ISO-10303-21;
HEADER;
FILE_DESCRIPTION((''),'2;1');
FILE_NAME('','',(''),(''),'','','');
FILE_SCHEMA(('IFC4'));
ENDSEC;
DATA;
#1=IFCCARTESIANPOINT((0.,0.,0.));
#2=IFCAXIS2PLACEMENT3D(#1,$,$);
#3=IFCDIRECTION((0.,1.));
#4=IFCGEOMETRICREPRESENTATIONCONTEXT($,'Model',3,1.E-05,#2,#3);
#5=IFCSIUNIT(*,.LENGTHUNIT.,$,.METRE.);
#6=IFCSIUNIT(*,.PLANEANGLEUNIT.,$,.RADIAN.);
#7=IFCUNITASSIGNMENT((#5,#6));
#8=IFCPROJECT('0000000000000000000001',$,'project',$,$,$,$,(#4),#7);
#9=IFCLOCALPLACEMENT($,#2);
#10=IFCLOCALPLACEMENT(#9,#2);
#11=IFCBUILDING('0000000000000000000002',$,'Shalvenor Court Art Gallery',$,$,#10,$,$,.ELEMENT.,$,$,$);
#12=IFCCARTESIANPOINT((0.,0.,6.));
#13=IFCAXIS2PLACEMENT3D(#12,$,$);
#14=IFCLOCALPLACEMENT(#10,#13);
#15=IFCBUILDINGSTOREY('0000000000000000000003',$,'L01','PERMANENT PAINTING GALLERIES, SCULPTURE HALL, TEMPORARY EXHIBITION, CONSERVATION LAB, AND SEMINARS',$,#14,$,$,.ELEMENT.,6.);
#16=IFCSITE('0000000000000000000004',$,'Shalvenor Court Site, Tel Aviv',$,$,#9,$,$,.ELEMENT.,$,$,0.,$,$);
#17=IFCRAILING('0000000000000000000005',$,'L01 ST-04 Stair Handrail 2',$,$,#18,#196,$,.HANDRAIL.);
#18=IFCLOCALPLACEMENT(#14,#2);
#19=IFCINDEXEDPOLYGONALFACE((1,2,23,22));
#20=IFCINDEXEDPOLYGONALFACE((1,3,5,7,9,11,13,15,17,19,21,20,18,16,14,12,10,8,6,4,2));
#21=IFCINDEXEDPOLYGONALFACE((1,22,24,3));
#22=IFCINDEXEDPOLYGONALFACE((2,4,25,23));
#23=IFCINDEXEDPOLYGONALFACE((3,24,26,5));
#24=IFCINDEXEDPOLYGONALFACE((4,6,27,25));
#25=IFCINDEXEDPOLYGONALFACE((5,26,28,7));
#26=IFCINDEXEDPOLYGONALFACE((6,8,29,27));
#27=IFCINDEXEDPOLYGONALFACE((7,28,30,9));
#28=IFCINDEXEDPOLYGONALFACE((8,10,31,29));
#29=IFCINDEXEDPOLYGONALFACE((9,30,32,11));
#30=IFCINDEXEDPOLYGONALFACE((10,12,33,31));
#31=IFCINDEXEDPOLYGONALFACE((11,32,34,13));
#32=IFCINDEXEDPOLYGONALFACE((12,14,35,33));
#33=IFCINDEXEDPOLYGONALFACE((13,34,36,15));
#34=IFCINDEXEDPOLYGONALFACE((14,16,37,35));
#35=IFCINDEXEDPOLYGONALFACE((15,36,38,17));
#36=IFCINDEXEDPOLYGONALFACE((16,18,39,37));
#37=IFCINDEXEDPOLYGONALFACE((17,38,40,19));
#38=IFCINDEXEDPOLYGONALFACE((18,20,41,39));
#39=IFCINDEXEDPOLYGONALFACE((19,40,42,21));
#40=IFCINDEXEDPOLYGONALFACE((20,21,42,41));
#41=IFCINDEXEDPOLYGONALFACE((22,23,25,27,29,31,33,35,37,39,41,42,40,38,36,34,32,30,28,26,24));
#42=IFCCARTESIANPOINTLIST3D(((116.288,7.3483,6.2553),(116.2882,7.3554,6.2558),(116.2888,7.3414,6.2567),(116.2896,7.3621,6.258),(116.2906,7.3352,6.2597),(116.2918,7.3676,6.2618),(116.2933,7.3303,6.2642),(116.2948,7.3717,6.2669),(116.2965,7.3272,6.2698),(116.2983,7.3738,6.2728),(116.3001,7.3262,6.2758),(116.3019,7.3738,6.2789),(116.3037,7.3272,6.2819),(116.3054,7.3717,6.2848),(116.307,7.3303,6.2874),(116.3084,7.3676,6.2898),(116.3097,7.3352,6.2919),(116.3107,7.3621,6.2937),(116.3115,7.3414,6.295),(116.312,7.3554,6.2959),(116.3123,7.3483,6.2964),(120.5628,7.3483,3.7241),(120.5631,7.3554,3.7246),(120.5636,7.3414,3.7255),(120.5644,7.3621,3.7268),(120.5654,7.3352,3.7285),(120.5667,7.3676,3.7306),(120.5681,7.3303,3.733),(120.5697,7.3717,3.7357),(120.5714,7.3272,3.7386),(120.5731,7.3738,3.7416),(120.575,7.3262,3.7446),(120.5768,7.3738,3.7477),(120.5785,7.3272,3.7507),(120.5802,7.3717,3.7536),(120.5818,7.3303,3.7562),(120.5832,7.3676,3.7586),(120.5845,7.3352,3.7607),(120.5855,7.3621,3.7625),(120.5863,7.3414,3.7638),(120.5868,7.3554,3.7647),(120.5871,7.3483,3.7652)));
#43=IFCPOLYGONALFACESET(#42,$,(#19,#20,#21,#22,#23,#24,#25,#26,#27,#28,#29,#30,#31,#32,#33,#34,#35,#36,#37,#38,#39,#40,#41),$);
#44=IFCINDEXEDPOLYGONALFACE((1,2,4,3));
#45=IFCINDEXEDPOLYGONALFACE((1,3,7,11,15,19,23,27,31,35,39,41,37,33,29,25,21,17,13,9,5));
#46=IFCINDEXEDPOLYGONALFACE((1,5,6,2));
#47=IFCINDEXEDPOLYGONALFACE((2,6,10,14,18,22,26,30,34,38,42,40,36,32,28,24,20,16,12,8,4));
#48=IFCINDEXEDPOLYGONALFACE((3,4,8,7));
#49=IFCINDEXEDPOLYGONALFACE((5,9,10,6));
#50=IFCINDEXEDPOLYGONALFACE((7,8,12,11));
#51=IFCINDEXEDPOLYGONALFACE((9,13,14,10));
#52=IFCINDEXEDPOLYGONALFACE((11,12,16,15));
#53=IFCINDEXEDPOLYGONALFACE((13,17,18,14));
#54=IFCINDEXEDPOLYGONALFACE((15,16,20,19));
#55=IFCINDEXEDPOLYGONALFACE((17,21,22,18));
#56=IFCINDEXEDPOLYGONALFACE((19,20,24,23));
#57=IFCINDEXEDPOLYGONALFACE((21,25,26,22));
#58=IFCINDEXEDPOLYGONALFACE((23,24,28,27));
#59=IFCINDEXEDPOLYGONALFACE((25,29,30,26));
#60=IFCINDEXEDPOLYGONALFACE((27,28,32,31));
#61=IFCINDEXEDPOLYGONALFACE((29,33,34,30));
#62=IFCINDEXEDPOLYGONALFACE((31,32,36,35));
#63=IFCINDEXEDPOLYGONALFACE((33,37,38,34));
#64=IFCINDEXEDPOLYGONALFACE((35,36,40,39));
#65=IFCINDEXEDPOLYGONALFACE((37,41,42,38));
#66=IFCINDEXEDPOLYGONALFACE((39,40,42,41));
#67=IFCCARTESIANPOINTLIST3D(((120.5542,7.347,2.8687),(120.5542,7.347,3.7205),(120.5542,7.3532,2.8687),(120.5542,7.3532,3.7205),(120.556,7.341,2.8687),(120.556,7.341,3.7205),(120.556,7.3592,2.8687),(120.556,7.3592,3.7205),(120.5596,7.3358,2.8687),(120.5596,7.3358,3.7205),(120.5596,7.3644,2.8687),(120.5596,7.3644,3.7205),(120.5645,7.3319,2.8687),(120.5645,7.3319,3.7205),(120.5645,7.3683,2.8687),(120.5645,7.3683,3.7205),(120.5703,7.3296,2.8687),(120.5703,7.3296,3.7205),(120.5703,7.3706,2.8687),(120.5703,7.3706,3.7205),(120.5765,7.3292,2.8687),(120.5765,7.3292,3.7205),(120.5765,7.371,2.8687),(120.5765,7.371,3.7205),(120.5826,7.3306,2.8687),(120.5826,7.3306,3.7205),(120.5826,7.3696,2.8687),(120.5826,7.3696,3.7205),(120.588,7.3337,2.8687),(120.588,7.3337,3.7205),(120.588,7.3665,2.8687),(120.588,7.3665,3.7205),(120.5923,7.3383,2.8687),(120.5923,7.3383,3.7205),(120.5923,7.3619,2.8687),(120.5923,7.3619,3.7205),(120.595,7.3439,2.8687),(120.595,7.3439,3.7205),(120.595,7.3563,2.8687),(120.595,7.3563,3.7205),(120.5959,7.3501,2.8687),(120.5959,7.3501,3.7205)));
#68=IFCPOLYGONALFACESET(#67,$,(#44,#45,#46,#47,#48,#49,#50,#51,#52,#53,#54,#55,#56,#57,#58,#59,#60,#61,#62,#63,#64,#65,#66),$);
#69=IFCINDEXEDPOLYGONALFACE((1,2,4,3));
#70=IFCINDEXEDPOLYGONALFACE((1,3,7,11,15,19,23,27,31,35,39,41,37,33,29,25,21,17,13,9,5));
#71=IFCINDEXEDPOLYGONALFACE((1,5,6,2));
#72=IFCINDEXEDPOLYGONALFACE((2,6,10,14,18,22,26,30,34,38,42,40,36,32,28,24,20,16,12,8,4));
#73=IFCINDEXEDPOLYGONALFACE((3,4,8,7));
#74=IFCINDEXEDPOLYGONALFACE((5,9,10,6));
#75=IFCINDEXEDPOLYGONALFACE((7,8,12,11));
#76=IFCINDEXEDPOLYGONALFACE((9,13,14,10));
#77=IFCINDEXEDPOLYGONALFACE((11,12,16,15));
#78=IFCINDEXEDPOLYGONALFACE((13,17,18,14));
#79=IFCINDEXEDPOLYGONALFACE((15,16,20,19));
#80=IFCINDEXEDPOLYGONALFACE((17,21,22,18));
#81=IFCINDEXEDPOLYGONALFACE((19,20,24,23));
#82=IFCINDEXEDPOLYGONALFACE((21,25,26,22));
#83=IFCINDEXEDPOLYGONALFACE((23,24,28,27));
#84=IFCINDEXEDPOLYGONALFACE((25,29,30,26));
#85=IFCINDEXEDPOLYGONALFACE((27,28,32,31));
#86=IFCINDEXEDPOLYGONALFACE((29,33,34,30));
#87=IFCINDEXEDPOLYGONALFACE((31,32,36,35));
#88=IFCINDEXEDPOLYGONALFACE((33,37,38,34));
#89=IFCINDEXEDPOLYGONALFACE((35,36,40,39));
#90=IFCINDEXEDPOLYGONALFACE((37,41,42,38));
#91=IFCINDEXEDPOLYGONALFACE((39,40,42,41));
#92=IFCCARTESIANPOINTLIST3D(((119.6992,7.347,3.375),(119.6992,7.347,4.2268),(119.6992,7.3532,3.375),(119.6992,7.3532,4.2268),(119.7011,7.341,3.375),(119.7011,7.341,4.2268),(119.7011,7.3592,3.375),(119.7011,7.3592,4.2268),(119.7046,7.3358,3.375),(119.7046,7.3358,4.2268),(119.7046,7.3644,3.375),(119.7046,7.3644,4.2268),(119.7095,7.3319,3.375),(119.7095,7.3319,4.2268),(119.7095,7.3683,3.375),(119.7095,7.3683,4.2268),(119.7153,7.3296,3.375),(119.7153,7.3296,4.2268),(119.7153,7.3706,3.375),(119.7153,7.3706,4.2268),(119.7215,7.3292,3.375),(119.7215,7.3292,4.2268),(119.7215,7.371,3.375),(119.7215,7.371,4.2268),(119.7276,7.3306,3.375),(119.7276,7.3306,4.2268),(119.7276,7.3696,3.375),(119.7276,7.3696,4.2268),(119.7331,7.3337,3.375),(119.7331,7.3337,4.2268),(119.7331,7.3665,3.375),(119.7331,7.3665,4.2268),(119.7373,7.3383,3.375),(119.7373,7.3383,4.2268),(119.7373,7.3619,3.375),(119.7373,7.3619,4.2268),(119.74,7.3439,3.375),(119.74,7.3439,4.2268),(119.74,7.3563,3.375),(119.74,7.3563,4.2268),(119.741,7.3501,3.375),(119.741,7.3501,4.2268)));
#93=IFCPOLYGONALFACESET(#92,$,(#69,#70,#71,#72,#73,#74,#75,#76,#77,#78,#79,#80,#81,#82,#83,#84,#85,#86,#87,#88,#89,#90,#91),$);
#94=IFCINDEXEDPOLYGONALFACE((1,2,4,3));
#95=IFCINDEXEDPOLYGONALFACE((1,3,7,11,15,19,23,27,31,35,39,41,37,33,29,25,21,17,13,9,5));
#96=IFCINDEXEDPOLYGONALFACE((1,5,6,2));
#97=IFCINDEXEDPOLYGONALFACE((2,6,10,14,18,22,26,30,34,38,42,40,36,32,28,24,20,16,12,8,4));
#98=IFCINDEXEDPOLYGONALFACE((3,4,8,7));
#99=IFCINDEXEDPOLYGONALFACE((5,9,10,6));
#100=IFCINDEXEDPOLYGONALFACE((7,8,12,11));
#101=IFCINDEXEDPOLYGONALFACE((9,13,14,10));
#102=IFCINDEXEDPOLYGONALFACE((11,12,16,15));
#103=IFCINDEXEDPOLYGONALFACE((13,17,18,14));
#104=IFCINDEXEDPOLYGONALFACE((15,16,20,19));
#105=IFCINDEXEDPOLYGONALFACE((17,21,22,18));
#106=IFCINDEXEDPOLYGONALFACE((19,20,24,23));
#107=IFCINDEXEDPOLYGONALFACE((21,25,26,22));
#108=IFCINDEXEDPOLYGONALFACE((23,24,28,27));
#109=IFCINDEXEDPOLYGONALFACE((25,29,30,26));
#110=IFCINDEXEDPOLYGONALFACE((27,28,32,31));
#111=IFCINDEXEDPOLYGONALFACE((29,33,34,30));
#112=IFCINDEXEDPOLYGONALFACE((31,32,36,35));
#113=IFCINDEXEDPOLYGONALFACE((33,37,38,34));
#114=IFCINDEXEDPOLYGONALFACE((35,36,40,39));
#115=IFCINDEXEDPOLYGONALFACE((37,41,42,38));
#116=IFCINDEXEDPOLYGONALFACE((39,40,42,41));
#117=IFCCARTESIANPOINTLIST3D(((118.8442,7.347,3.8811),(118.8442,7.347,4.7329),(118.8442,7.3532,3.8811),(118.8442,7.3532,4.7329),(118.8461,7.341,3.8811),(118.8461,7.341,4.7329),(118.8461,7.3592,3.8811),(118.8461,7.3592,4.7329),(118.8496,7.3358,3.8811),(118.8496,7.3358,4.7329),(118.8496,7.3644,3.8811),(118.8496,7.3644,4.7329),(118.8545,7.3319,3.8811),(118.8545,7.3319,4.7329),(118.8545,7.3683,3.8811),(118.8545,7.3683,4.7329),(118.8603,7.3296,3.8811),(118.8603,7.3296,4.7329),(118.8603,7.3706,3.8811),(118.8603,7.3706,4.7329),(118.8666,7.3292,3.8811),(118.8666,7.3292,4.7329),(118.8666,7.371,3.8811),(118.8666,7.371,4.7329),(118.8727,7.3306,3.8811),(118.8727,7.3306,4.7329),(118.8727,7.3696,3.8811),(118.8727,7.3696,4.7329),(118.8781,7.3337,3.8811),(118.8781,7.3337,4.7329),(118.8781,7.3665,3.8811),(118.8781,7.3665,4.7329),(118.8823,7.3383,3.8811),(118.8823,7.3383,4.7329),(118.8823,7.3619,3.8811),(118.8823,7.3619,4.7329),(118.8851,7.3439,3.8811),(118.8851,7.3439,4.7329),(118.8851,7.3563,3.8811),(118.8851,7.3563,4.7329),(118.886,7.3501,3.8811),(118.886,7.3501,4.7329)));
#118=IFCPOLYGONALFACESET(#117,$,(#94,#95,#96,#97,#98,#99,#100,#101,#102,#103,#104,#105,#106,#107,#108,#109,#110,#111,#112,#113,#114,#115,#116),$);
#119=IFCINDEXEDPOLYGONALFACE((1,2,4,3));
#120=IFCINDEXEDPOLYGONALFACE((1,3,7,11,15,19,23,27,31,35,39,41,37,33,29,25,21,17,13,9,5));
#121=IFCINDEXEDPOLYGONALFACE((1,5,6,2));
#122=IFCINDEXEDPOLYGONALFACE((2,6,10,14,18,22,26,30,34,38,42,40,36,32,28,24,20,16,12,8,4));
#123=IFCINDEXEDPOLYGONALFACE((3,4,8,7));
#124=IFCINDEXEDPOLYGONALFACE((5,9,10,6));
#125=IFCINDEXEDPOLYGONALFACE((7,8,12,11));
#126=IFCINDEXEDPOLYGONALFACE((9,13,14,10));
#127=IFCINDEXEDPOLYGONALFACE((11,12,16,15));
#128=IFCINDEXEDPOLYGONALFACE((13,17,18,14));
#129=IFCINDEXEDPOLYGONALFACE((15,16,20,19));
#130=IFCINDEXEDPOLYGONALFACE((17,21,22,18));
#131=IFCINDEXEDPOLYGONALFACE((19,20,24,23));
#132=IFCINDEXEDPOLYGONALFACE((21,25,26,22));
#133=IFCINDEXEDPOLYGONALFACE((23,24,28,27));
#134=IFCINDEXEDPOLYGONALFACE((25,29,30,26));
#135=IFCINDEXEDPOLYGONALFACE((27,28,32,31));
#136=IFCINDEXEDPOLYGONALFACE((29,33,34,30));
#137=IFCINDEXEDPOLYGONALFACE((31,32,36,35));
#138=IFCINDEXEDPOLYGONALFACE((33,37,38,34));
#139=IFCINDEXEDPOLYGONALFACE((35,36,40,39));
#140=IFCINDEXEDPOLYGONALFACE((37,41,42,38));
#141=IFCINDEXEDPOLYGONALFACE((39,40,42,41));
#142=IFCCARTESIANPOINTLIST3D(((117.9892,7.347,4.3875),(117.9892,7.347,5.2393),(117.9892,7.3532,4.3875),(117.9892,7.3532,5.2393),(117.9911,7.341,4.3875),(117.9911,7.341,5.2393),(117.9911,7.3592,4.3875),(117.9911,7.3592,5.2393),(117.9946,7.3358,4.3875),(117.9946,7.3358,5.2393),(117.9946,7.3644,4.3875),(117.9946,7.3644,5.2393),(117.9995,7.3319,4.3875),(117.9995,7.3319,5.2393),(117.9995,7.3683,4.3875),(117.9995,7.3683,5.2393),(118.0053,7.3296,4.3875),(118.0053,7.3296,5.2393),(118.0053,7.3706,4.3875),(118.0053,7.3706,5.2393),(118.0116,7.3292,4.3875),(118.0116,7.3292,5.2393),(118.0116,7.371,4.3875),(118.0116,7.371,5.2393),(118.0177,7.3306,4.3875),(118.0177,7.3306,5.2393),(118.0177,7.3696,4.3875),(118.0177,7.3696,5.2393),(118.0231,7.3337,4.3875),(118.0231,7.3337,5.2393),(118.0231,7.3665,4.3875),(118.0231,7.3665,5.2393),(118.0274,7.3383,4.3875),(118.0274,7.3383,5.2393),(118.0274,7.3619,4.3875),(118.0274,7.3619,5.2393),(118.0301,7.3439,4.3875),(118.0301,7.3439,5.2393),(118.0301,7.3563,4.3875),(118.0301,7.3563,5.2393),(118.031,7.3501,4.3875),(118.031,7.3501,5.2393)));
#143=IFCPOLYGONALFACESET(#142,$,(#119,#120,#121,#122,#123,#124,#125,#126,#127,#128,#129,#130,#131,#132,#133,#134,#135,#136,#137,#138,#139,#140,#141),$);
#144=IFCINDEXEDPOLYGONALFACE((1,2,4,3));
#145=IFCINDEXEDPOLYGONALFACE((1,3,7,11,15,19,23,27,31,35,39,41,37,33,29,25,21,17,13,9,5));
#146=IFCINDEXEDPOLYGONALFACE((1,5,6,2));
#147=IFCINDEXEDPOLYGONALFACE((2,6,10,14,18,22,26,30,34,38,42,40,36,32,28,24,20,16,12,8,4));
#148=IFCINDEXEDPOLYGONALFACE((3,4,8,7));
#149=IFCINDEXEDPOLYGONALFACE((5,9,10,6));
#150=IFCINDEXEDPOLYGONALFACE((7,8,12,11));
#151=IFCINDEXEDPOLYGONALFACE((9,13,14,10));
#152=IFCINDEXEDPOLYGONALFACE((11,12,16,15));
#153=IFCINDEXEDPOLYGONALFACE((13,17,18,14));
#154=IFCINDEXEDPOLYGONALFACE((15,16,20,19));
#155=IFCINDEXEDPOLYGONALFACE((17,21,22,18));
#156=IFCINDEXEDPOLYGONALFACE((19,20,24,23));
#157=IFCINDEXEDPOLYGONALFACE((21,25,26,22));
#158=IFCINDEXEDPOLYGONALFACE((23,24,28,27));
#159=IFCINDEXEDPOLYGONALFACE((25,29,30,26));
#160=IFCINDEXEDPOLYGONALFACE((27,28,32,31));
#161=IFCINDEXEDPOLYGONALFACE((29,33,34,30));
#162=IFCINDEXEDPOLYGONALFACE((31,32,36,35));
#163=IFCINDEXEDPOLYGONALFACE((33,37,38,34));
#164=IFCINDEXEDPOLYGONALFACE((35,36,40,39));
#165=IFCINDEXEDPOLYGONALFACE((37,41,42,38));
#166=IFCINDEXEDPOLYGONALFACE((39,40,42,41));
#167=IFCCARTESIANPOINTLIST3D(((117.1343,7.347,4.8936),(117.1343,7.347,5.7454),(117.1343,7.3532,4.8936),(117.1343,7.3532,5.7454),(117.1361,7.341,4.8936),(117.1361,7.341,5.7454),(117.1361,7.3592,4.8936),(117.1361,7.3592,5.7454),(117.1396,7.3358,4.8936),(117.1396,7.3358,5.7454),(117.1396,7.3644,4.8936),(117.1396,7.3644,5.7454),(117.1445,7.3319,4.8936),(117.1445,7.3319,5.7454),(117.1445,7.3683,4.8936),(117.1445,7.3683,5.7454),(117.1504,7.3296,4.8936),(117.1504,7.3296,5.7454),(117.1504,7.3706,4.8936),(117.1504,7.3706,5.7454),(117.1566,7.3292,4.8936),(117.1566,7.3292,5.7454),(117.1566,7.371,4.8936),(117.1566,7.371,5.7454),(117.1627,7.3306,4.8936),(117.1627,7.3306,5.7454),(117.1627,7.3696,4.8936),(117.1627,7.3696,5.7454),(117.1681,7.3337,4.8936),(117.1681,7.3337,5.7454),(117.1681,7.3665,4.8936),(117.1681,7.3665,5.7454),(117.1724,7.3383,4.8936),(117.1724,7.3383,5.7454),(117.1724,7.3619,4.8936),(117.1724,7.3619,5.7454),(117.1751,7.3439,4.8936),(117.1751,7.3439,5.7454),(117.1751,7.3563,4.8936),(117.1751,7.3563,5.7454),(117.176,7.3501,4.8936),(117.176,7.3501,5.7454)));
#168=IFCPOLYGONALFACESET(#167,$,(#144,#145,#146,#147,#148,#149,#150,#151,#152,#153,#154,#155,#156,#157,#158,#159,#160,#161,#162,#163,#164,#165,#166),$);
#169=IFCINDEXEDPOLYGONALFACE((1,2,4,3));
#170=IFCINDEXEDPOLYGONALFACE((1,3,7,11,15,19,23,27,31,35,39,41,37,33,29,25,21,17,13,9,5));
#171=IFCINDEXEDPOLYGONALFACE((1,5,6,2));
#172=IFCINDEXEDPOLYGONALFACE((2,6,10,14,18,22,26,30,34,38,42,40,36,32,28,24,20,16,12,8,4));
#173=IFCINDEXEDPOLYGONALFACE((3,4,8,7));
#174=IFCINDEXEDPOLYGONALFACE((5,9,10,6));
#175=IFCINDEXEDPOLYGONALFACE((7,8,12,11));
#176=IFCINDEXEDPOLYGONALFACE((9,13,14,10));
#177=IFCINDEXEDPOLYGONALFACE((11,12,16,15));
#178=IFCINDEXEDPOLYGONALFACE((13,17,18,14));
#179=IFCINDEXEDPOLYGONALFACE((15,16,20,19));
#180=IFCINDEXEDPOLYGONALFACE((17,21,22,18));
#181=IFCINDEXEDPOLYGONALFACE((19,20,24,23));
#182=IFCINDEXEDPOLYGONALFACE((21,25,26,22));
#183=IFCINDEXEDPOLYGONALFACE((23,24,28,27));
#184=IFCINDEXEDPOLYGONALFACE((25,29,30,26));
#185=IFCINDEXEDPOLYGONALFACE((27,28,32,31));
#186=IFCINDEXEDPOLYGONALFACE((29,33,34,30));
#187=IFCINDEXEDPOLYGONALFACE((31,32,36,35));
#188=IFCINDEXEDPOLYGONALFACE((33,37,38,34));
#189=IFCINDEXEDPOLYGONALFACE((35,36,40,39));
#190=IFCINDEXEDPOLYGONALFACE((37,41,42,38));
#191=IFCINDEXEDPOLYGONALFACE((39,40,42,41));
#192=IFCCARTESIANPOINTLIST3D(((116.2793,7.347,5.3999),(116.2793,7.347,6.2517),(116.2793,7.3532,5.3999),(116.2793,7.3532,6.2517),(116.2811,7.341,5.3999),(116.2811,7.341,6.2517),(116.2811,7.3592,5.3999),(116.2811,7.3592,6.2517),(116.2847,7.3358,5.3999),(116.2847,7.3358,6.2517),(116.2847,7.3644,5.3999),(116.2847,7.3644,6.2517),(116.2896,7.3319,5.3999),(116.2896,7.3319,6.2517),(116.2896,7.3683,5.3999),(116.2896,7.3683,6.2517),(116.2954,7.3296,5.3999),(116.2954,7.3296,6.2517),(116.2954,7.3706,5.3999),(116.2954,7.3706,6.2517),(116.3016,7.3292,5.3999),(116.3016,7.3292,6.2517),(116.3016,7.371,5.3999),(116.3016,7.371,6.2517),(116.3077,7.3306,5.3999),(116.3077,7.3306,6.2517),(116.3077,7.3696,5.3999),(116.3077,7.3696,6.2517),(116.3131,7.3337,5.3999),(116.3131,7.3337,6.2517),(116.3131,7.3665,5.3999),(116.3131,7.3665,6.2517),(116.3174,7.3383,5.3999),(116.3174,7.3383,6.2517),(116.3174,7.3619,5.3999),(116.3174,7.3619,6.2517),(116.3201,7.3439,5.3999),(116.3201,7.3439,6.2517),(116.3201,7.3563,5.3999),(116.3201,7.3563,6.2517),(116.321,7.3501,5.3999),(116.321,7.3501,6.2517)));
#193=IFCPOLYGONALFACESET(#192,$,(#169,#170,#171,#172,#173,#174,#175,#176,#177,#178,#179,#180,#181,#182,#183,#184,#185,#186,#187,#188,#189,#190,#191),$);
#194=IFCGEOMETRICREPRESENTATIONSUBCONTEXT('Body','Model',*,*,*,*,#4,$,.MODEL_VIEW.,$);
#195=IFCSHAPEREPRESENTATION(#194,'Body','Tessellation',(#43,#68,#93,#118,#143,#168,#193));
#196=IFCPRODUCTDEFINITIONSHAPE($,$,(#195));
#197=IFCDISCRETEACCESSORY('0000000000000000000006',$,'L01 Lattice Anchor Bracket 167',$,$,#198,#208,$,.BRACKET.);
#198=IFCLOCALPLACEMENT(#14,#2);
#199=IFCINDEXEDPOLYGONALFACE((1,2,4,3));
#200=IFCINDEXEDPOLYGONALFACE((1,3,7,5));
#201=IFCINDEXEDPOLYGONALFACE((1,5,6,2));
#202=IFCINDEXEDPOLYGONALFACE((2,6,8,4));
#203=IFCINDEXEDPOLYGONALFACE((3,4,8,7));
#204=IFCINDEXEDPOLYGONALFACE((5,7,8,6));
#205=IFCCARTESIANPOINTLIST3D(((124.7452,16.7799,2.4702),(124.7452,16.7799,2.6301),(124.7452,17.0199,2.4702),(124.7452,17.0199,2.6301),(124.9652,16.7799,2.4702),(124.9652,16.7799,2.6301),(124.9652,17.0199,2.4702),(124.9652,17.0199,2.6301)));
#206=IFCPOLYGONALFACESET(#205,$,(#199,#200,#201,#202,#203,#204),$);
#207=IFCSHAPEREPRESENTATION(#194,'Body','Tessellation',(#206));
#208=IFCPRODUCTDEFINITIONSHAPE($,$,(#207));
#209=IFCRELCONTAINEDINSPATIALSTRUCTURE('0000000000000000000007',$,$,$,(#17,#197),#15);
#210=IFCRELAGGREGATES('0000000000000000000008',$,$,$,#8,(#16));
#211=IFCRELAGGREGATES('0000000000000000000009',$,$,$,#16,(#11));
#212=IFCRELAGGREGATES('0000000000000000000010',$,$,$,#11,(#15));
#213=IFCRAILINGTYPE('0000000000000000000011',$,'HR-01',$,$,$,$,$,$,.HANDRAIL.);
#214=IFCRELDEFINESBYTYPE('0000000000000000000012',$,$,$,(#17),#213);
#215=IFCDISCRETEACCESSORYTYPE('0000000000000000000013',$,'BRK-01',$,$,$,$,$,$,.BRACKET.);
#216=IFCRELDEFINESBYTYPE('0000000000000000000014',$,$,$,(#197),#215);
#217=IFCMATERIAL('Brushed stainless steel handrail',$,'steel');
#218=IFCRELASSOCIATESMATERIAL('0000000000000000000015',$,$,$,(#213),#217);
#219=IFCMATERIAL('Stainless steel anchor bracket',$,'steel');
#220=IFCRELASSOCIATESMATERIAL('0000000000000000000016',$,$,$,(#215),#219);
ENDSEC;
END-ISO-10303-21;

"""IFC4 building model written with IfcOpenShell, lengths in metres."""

from ifc_helpers import new_model, si_unit, direction, frame, origin, origin_2d, place, context, subcontext, project, spatial, rectangle, circle, extrude, material, type_object, element, save


model = new_model("IFC4")

# Units and contexts
model_context = context("Model", 3, precision=1e-05, world=origin(), true_north=direction((0.0, 1.0)))
body_context = subcontext(model_context, "Body", "Model", "MODEL_VIEW")
ifc_project = project(units=[si_unit("LENGTHUNIT", "METRE"), si_unit("PLANEANGLEUNIT", "RADIAN")], contexts=[model_context])

# Site, building, storey
site_placement = place(None, origin())
site = spatial("IfcSite", under=ifc_project, at=site_placement, Name="Shalvenor Court Site, Tel Aviv", CompositionType="ELEMENT", RefElevation=0.0)
building_placement = place(site_placement, origin())
building = spatial("IfcBuilding", under=site, at=building_placement, Name="Shalvenor Court Art Gallery", CompositionType="ELEMENT")
storey_placement = place(building_placement, frame((0.0, 0.0, 6.0)))
storey = spatial("IfcBuildingStorey", under=building, at=storey_placement, Name="L01", Description="PERMANENT PAINTING GALLERIES, SCULPTURE HALL, TEMPORARY EXHIBITION, CONSERVATION LAB, AND SEMINARS", CompositionType="ELEMENT", Elevation=6.0)

# Railing
ifc_material_1 = material(Name="Brushed stainless steel handrail", Category="steel")
railing_type_1 = type_object("IfcRailingType", Name="HR-01", PredefinedType="HANDRAIL", material=ifc_material_1)
railing_1_placement = place(storey_placement, frame((120.575, 7.3501, 2.8687)))
element("IfcRailing", 1, at=railing_1_placement, inside=storey, type_object=railing_type_1, Name="L01 ST-04 Stair Handrail 2", PredefinedType="HANDRAIL", context=body_context, shape_type="SweptSolid", body=[
    extrude(circle(Radius=0.0239, at=origin_2d()), frame((0.0, 0.0, 0.876), z_axis=(-0.86047, 0.0, 0.509501), x_axis=(0.0, -1.0, 0.0)), (0.0, 0.0, 1.0), 4.968),
    extrude(circle(Radius=0.021, at=origin_2d()), origin(), (0.0, 0.0, 1.0), 0.8518),
    extrude(circle(Radius=0.021, at=origin_2d()), frame((-0.855, 0.0, 0.5063)), (0.0, 0.0, 1.0), 0.8518),
    extrude(circle(Radius=0.021, at=origin_2d()), frame((-1.71, 0.0, 1.0125)), (0.0, 0.0, 1.0), 0.8518),
    extrude(circle(Radius=0.021, at=origin_2d()), frame((-2.5649, 0.0, 1.5188)), (0.0, 0.0, 1.0), 0.8518),
    extrude(circle(Radius=0.021, at=origin_2d()), frame((-3.4199, 0.0, 2.0249)), (0.0, 0.0, 1.0), 0.8518),
    extrude(circle(Radius=0.021, at=origin_2d()), frame((-4.2749, 0.0, 2.5312)), (0.0, 0.0, 1.0), 0.8518),
])

# Discrete accessory
ifc_material_2 = material(Name="Stainless steel anchor bracket", Category="steel")
discrete_accessory_type = type_object("IfcDiscreteAccessoryType", Name="BRK-01", PredefinedType="BRACKET", material=ifc_material_2)
for number, where, z_axis, x_axis, name in (
    (2, (124.8552, 16.8999, 2.4702), (0.0, 0.0, 1.0), (0.0, -1.0, 0.0), "L01 Lattice Anchor Bracket 167"),
):
    element("IfcDiscreteAccessory", number, at=place(storey_placement, frame(where, z_axis=z_axis, x_axis=x_axis)), inside=storey, type_object=discrete_accessory_type, Name=name, PredefinedType="BRACKET", context=body_context, shape_type="SweptSolid", body=[
        extrude(rectangle(XDim=0.24, YDim=0.22, at=origin_2d()), origin(), (0.0, 0.0, 1.0), 0.1599),
    ])

save(model, "model.ifc")
